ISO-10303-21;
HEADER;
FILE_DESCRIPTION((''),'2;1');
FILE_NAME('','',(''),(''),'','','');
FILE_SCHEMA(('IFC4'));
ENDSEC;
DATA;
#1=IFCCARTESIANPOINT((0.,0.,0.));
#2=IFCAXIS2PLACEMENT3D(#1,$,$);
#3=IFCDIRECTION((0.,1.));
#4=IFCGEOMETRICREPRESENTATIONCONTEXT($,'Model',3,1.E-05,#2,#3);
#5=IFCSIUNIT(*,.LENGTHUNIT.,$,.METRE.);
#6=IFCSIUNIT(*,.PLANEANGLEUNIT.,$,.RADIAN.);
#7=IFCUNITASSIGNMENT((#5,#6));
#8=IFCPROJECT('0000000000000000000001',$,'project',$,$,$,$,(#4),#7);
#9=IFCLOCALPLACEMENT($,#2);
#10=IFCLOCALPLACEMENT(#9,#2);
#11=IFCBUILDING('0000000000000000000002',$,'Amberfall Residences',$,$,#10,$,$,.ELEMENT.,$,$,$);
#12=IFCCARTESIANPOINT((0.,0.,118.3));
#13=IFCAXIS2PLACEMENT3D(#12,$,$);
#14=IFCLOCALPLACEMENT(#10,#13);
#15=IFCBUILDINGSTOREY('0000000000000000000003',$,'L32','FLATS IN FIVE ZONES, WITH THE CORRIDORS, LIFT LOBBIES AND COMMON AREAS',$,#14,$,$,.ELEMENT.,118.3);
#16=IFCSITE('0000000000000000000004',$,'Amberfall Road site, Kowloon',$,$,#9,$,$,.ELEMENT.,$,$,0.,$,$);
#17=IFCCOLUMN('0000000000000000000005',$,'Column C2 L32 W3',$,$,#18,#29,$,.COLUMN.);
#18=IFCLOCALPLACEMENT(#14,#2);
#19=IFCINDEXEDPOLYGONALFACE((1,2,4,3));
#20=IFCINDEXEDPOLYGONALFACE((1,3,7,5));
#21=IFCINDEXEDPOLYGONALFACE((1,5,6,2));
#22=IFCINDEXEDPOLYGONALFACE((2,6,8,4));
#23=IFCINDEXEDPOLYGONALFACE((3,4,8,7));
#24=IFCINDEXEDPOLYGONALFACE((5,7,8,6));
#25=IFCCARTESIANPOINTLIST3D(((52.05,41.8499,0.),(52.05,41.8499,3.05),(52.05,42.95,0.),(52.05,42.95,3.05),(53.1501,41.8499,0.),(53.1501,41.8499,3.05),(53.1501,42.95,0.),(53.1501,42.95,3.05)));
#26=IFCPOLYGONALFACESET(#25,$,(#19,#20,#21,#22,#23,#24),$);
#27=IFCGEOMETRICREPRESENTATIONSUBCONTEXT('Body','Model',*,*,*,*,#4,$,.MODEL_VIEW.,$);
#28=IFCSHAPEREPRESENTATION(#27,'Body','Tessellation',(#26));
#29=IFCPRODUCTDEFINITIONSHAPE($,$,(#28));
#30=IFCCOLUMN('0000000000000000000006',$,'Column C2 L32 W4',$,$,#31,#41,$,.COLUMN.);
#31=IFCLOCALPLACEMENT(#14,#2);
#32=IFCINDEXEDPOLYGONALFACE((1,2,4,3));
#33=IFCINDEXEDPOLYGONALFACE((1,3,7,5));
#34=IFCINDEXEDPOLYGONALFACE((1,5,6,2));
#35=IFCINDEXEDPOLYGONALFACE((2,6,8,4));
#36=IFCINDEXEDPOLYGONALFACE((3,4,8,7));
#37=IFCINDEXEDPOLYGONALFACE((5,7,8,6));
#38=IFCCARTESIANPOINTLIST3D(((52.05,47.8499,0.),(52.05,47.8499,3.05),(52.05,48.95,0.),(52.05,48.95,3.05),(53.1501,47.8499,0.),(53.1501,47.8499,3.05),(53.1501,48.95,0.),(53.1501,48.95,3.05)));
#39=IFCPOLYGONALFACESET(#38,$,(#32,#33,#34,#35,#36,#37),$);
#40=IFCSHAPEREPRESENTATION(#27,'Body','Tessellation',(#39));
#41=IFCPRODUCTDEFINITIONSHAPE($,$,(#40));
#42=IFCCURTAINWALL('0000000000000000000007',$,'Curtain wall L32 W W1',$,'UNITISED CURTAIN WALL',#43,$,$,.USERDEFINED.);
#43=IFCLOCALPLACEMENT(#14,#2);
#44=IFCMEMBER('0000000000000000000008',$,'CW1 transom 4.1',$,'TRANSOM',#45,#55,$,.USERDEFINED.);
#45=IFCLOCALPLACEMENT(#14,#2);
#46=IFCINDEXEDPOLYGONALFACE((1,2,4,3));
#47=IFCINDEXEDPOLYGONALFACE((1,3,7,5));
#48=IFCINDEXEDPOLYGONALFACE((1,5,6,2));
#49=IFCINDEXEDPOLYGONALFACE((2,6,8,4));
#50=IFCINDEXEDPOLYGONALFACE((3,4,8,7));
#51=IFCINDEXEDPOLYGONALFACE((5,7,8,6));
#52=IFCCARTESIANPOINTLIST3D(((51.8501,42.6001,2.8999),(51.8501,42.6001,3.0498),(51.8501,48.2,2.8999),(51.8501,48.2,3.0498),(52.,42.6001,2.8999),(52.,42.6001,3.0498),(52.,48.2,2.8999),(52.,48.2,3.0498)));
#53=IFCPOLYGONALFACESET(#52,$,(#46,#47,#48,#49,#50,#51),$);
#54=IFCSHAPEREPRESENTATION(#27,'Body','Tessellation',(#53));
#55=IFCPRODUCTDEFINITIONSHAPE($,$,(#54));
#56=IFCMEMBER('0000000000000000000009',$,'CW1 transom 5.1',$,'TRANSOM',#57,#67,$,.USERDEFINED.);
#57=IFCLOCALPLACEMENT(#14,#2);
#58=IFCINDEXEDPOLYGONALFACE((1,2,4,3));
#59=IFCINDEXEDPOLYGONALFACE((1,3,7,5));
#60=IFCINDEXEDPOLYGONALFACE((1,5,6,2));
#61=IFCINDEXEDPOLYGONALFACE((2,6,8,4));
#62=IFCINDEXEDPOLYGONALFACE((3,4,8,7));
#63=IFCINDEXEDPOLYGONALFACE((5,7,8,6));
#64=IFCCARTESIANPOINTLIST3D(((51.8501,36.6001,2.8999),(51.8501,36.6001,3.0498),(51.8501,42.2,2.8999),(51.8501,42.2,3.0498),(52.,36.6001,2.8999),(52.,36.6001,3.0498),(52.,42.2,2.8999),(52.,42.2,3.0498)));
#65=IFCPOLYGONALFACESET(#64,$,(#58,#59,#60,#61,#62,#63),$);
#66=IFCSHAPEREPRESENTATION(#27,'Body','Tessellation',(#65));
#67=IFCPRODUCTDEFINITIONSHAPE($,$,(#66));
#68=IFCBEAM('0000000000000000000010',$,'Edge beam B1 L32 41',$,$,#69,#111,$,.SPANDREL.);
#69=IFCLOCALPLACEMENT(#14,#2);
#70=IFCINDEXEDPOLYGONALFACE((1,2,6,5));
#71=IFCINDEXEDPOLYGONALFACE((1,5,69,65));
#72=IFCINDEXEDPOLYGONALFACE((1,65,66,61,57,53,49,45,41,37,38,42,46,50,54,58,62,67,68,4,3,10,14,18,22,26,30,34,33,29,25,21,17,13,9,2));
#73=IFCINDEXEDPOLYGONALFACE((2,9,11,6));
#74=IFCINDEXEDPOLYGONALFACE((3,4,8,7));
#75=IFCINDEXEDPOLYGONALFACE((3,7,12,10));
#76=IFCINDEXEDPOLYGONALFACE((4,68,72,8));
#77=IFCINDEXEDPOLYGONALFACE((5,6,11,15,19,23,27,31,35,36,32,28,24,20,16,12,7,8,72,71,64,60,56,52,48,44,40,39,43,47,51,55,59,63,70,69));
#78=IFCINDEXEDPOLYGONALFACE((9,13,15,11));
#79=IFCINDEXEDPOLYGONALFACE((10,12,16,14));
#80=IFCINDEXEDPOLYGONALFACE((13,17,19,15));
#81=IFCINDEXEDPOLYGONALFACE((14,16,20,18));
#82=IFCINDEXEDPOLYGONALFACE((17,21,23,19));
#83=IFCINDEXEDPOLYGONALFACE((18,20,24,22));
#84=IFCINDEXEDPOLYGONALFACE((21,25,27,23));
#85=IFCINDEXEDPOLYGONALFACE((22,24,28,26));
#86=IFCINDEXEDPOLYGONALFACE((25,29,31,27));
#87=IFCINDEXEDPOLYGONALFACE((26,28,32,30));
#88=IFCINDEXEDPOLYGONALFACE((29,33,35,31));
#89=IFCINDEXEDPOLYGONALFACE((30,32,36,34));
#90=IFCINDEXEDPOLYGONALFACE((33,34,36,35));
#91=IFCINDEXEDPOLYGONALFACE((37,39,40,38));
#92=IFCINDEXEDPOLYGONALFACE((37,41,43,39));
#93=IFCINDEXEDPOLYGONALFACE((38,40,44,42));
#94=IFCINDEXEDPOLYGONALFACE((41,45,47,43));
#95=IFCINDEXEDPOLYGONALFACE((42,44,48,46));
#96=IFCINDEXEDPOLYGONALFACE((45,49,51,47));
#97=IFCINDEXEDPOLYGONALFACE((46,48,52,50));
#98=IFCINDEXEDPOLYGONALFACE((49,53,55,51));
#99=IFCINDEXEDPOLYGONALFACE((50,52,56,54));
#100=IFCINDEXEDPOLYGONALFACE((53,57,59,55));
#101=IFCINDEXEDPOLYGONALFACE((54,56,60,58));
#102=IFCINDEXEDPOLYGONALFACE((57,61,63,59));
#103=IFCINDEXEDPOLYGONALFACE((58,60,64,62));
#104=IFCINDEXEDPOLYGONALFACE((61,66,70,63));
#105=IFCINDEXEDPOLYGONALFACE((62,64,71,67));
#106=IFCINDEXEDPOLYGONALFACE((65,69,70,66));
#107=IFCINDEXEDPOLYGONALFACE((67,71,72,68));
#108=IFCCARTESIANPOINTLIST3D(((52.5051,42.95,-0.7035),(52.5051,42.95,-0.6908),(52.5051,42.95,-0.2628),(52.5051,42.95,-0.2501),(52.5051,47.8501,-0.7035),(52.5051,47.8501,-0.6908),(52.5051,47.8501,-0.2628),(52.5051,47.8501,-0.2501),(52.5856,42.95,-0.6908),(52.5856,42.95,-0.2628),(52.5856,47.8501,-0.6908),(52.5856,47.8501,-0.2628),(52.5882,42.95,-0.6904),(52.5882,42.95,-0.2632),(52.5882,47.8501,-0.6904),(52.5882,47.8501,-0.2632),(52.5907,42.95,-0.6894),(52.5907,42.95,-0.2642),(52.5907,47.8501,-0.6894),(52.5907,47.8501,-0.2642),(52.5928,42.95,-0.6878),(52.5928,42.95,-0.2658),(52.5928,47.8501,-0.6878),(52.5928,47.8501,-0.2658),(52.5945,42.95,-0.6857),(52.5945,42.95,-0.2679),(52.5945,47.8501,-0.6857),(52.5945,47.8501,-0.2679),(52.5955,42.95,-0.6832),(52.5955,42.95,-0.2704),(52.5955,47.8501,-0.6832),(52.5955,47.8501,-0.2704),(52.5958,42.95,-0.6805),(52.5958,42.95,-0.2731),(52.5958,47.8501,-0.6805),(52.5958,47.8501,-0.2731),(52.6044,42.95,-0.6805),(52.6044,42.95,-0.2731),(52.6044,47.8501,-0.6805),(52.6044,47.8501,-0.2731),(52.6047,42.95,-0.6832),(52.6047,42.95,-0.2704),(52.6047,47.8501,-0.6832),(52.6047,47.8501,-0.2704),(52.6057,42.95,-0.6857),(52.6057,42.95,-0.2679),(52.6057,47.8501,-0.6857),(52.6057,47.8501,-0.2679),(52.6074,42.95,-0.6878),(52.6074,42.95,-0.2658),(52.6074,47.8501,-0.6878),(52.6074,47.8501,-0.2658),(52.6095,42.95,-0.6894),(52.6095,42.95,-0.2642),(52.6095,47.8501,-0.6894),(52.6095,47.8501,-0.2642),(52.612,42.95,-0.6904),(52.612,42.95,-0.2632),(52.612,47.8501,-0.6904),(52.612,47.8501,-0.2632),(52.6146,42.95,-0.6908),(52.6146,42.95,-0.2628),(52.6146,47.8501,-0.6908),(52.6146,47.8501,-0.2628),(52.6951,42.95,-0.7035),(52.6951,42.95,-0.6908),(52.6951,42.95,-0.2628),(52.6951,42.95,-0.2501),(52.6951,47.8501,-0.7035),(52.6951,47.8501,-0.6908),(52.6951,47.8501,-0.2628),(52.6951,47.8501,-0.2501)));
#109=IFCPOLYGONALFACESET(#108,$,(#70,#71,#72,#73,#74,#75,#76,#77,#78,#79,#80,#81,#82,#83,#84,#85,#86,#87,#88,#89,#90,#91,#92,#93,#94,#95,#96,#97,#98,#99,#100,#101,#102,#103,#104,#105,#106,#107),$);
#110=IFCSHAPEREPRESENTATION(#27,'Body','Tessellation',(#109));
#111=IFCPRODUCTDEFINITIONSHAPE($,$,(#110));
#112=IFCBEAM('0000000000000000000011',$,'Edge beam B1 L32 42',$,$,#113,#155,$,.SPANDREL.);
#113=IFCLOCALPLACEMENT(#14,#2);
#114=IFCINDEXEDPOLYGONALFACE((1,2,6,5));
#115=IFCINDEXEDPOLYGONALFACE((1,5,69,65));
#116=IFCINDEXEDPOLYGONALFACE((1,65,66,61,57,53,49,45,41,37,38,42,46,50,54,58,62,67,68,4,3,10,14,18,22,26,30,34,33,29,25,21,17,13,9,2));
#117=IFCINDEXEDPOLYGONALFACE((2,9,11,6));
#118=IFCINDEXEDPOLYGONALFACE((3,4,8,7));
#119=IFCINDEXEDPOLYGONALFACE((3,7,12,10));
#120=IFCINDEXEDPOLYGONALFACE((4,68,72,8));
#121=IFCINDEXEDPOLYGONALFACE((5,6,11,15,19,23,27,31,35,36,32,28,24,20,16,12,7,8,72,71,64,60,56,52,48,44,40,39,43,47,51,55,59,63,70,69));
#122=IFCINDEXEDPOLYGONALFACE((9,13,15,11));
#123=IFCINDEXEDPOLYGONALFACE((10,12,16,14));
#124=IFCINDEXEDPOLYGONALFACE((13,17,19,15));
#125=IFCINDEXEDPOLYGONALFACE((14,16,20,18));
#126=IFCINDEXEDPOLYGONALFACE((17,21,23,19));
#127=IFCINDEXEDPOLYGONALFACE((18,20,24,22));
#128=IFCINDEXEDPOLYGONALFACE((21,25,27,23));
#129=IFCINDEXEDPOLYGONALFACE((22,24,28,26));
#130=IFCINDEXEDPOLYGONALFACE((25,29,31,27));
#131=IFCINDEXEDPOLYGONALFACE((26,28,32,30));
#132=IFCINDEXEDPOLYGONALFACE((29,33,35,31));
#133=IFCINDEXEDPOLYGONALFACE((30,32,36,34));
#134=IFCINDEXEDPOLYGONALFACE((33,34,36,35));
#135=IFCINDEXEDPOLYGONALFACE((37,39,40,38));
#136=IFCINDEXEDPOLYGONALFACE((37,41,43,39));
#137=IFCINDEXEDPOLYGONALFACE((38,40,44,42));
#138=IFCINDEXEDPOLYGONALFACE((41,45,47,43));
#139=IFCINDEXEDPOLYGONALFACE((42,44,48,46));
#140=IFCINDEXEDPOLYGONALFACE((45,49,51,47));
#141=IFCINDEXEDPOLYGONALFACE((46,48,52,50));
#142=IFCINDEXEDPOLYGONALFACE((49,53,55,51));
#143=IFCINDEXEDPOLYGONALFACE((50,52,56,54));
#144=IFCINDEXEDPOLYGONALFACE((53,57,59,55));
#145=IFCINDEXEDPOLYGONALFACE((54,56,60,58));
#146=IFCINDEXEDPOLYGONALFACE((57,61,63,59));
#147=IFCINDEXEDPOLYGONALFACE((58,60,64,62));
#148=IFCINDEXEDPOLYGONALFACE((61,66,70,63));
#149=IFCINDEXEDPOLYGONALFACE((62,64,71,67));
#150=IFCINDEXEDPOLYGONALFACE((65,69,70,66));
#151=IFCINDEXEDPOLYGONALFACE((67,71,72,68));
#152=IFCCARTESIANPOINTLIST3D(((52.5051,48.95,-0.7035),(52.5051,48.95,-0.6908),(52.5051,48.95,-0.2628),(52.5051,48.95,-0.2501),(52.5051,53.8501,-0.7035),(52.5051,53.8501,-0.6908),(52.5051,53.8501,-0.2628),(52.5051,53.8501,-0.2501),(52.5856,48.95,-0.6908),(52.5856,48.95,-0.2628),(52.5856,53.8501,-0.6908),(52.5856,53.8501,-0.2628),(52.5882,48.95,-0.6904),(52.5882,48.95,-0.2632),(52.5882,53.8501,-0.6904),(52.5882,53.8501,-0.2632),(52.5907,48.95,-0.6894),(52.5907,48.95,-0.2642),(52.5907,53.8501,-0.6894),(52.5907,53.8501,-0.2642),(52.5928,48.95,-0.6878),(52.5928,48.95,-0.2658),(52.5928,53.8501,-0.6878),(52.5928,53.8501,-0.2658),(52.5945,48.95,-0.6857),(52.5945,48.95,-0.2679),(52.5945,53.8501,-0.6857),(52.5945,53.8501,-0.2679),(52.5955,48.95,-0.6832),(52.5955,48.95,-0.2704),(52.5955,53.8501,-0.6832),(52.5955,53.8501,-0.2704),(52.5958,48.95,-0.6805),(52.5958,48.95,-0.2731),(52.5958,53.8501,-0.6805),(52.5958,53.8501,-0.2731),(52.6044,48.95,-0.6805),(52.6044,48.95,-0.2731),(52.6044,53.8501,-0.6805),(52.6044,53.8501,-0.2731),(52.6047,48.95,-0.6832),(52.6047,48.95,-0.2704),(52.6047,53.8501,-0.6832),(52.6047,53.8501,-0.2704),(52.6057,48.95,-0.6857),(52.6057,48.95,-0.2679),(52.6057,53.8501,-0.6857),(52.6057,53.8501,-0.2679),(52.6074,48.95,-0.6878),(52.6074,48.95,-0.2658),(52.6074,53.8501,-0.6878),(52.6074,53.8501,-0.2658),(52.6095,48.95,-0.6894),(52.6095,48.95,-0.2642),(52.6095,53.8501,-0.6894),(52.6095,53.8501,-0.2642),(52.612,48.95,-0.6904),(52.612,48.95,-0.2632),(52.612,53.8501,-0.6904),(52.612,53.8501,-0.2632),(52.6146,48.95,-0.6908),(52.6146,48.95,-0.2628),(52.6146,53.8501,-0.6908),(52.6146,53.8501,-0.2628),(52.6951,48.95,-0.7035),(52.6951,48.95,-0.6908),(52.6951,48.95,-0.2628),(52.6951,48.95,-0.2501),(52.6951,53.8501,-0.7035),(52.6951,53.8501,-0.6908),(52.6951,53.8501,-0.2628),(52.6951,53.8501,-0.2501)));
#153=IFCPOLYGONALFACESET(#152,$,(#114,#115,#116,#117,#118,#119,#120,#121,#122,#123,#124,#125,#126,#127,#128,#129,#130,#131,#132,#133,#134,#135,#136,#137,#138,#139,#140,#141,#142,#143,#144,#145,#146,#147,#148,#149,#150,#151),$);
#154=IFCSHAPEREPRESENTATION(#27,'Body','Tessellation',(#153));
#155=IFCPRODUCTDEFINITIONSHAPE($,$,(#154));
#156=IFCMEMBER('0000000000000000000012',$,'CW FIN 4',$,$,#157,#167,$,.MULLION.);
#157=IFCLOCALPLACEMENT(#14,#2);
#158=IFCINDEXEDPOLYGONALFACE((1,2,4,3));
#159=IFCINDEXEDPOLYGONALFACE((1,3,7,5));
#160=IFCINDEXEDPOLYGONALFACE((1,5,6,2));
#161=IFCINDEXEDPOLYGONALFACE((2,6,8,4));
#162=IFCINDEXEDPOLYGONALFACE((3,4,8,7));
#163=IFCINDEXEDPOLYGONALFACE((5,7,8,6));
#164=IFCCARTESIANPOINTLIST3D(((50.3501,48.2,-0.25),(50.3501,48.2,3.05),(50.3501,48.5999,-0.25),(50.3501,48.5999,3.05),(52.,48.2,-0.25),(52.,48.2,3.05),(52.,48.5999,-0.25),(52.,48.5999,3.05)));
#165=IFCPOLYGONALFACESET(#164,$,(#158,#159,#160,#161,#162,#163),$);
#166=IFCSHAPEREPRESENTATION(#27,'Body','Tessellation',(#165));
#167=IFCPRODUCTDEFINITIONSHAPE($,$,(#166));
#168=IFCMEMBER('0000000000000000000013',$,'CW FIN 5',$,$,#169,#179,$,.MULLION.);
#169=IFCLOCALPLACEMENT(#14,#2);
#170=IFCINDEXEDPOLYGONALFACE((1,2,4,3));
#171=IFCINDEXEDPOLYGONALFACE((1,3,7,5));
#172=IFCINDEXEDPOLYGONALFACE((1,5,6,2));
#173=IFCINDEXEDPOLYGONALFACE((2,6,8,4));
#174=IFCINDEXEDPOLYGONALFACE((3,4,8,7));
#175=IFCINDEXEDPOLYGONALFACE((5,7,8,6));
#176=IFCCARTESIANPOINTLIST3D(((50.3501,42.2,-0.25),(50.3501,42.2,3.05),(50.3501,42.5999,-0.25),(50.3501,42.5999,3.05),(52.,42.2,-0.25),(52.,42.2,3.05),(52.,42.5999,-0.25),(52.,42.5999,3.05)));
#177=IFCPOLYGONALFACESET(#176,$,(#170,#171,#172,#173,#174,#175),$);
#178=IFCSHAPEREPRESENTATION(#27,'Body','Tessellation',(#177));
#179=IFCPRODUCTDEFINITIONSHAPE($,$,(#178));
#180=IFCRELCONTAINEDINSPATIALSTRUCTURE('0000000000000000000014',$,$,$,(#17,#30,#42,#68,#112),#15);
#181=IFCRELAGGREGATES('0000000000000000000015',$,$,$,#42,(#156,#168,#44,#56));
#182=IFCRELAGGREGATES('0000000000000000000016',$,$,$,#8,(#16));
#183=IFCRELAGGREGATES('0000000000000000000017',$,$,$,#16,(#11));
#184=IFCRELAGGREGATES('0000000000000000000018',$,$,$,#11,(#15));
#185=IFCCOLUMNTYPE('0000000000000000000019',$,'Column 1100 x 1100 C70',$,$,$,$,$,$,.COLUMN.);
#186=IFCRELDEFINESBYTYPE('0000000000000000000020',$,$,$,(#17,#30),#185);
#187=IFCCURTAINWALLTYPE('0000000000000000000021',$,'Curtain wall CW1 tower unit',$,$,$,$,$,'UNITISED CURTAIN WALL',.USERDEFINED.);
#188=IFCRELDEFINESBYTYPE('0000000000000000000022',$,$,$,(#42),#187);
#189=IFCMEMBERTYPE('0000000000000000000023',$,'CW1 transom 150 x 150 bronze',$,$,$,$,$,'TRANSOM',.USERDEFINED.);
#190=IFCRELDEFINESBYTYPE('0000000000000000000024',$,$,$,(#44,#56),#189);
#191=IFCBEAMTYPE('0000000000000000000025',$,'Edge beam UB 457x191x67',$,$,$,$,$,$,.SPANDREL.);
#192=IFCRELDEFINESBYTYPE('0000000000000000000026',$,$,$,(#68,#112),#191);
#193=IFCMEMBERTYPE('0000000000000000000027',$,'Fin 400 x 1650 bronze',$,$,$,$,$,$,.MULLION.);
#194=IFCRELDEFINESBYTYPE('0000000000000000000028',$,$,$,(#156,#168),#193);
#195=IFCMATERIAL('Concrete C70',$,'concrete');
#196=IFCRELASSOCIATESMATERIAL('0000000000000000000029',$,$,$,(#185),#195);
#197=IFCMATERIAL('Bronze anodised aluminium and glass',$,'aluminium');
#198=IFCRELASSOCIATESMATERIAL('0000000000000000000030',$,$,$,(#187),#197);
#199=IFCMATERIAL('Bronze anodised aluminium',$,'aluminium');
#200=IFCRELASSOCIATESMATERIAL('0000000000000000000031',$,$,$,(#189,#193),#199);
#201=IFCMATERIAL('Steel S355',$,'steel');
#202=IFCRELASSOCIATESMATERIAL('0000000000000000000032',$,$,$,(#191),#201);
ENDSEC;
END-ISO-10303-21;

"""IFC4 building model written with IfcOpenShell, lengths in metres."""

from ifc_helpers import new_model, si_unit, direction, frame, origin, origin_2d, place, context, subcontext, project, spatial, rectangle, i_section, extrude, material, material_profile, profile_set, type_object, element, aggregate, save


model = new_model("IFC4")

# Units and contexts
model_context = context("Model", 3, precision=1e-05, world=origin(), true_north=direction((0.0, 1.0)))
body_context = subcontext(model_context, "Body", "Model", "MODEL_VIEW")
ifc_project = project(units=[si_unit("LENGTHUNIT", "METRE"), si_unit("PLANEANGLEUNIT", "RADIAN")], contexts=[model_context])

# Site, building, storey
site_placement = place(None, origin())
site = spatial("IfcSite", under=ifc_project, at=site_placement, Name="Amberfall Road site, Kowloon", CompositionType="ELEMENT", RefElevation=0.0)
building_placement = place(site_placement, origin())
building = spatial("IfcBuilding", under=site, at=building_placement, Name="Amberfall Residences", CompositionType="ELEMENT")
storey_placement = place(building_placement, frame((0.0, 0.0, 118.3)))
storey = spatial("IfcBuildingStorey", under=building, at=storey_placement, Name="L32", Description="FLATS IN FIVE ZONES, WITH THE CORRIDORS, LIFT LOBBIES AND COMMON AREAS", CompositionType="ELEMENT", Elevation=118.3)

# Columns
ifc_material_1 = material(Name="Concrete C70", Category="concrete")
ifc_material_profile_1 = material_profile(ifc_material_1, rectangle(XDim=1.1001, YDim=1.1001, at=origin_2d()), Name="Column 1100 x 1100 C70")
ifc_profile_set_1 = profile_set([ifc_material_profile_1], Name="Concrete C70")
column_type = type_object("IfcColumnType", Name="Column 1100 x 1100 C70", PredefinedType="COLUMN", material=ifc_profile_set_1)
for number, where, z_axis, x_axis, name in (
    (1, (52.6001, 42.3999, 0.0), (0.0, 0.0, 1.0), (1.0, 0.0, 0.0), "Column C2 L32 W3"),
    (2, (52.6001, 48.3999, 0.0), (0.0, 0.0, 1.0), (1.0, 0.0, 0.0), "Column C2 L32 W4"),
):
    element("IfcColumn", number, at=place(storey_placement, frame(where, z_axis=z_axis, x_axis=x_axis)), inside=storey, type_object=column_type, Name=name, PredefinedType="COLUMN", context=body_context, shape_type="SweptSolid", body=[
        extrude(rectangle(XDim=1.1001, YDim=1.1001, at=origin_2d()), origin(), (0.0, 0.0, 1.0), 3.05),
    ])

# Curtain wall, members
ifc_material_2 = material(Name="Bronze anodised aluminium and glass", Category="aluminium")
curtain_wall_type = type_object("IfcCurtainWallType", Name="Curtain wall CW1 tower unit", ElementType="UNITISED CURTAIN WALL", PredefinedType="USERDEFINED", material=ifc_material_2)
curtain_wall_placement = place(storey_placement, origin())
curtain_wall = element("IfcCurtainWall", 3, at=curtain_wall_placement, inside=storey, type_object=curtain_wall_type, Name="Curtain wall L32 W W1", ObjectType="UNITISED CURTAIN WALL", PredefinedType="USERDEFINED")
ifc_material_3 = material(Name="Bronze anodised aluminium", Category="aluminium")
ifc_material_profile_2 = material_profile(ifc_material_3, rectangle(XDim=0.1499, YDim=0.1499, at=origin_2d()), Name="CW1 transom 150 x 150 bronze")
ifc_profile_set_2 = profile_set([ifc_material_profile_2], Name="Bronze anodised aluminium")
member_type_1 = type_object("IfcMemberType", Name="CW1 transom 150 x 150 bronze", ElementType="TRANSOM", PredefinedType="USERDEFINED", material=ifc_profile_set_2)
member_1_placement = place(storey_placement, frame((51.925, 48.2, 2.9749), z_axis=(0.0, -1.0, 0.0), x_axis=(1.0, 0.0, 0.0)))
member_1 = element("IfcMember", 4, at=member_1_placement, type_object=member_type_1, Name="CW1 transom 4.1", ObjectType="TRANSOM", PredefinedType="USERDEFINED", context=body_context, shape_type="SweptSolid", body=[
    extrude(rectangle(XDim=0.1499, YDim=0.1499, at=origin_2d()), origin(), (0.0, 0.0, 1.0), 5.5999),
])
member_2_placement = place(storey_placement, frame((51.925, 42.2, 2.9749), z_axis=(0.0, -1.0, 0.0), x_axis=(1.0, 0.0, 0.0)))
member_2 = element("IfcMember", 5, at=member_2_placement, type_object=member_type_1, Name="CW1 transom 5.1", ObjectType="TRANSOM", PredefinedType="USERDEFINED", context=body_context, shape_type="SweptSolid", body=[
    extrude(rectangle(XDim=0.1499, YDim=0.1499, at=origin_2d()), origin(), (0.0, 0.0, 1.0), 5.5999),
])

# Beams
ifc_material_4 = material(Name="Steel S355", Category="steel")
ifc_material_profile_3 = material_profile(ifc_material_4, i_section(OverallWidth=0.1899, OverallDepth=0.4534, WebThickness=0.0085, FlangeThickness=0.0127, FilletRadius=0.0103, at=origin_2d()), Name="UB 457x191x67")
ifc_profile_set_3 = profile_set([ifc_material_profile_3], Name="Steel S355")
beam_type_1 = type_object("IfcBeamType", Name="Edge beam UB 457x191x67", PredefinedType="SPANDREL", material=ifc_profile_set_3)
for number, where, z_axis, x_axis, name in (
    (6, (52.6001, 42.95, -0.4768), (0.0, 1.0, 0.0), (-1.0, 0.0, 0.0), "Edge beam B1 L32 41"),
    (7, (52.6001, 48.95, -0.4768), (0.0, 1.0, 0.0), (-1.0, 0.0, 0.0), "Edge beam B1 L32 42"),
):
    element("IfcBeam", number, at=place(storey_placement, frame(where, z_axis=z_axis, x_axis=x_axis)), inside=storey, type_object=beam_type_1, Name=name, PredefinedType="SPANDREL", context=body_context, shape_type="SweptSolid", body=[
        extrude(i_section(OverallWidth=0.1899, OverallDepth=0.4534, WebThickness=0.0085, FlangeThickness=0.0127, FilletRadius=0.0103, at=origin_2d()), origin(), (0.0, 0.0, 1.0), 4.9001),
    ])

# Members
ifc_material_profile_4 = material_profile(ifc_material_3, rectangle(XDim=1.6499, YDim=0.3999, at=origin_2d()), Name="Fin 400 x 1650 bronze")
ifc_profile_set_4 = profile_set([ifc_material_profile_4], Name="Bronze anodised aluminium")
member_type_2 = type_object("IfcMemberType", Name="Fin 400 x 1650 bronze", PredefinedType="MULLION", material=ifc_profile_set_4)
member_3_placement = place(storey_placement, frame((51.175, 48.3999, -0.25), z_axis=(0.0, 0.0, 1.0), x_axis=(1.0, 0.0, 0.0)))
member_3 = element("IfcMember", 8, at=member_3_placement, type_object=member_type_2, Name="CW FIN 4", PredefinedType="MULLION", context=body_context, shape_type="SweptSolid", body=[
    extrude(rectangle(XDim=1.6499, YDim=0.3999, at=origin_2d()), origin(), (0.0, 0.0, 1.0), 3.3),
])
member_4_placement = place(storey_placement, frame((51.175, 42.3999, -0.25), z_axis=(0.0, 0.0, 1.0), x_axis=(1.0, 0.0, 0.0)))
member_4 = element("IfcMember", 9, at=member_4_placement, type_object=member_type_2, Name="CW FIN 5", PredefinedType="MULLION", context=body_context, shape_type="SweptSolid", body=[
    extrude(rectangle(XDim=1.6499, YDim=0.3999, at=origin_2d()), origin(), (0.0, 0.0, 1.0), 3.3),
])

aggregate(curtain_wall, [member_3, member_4, member_1, member_2])

save(model, "model.ifc")
